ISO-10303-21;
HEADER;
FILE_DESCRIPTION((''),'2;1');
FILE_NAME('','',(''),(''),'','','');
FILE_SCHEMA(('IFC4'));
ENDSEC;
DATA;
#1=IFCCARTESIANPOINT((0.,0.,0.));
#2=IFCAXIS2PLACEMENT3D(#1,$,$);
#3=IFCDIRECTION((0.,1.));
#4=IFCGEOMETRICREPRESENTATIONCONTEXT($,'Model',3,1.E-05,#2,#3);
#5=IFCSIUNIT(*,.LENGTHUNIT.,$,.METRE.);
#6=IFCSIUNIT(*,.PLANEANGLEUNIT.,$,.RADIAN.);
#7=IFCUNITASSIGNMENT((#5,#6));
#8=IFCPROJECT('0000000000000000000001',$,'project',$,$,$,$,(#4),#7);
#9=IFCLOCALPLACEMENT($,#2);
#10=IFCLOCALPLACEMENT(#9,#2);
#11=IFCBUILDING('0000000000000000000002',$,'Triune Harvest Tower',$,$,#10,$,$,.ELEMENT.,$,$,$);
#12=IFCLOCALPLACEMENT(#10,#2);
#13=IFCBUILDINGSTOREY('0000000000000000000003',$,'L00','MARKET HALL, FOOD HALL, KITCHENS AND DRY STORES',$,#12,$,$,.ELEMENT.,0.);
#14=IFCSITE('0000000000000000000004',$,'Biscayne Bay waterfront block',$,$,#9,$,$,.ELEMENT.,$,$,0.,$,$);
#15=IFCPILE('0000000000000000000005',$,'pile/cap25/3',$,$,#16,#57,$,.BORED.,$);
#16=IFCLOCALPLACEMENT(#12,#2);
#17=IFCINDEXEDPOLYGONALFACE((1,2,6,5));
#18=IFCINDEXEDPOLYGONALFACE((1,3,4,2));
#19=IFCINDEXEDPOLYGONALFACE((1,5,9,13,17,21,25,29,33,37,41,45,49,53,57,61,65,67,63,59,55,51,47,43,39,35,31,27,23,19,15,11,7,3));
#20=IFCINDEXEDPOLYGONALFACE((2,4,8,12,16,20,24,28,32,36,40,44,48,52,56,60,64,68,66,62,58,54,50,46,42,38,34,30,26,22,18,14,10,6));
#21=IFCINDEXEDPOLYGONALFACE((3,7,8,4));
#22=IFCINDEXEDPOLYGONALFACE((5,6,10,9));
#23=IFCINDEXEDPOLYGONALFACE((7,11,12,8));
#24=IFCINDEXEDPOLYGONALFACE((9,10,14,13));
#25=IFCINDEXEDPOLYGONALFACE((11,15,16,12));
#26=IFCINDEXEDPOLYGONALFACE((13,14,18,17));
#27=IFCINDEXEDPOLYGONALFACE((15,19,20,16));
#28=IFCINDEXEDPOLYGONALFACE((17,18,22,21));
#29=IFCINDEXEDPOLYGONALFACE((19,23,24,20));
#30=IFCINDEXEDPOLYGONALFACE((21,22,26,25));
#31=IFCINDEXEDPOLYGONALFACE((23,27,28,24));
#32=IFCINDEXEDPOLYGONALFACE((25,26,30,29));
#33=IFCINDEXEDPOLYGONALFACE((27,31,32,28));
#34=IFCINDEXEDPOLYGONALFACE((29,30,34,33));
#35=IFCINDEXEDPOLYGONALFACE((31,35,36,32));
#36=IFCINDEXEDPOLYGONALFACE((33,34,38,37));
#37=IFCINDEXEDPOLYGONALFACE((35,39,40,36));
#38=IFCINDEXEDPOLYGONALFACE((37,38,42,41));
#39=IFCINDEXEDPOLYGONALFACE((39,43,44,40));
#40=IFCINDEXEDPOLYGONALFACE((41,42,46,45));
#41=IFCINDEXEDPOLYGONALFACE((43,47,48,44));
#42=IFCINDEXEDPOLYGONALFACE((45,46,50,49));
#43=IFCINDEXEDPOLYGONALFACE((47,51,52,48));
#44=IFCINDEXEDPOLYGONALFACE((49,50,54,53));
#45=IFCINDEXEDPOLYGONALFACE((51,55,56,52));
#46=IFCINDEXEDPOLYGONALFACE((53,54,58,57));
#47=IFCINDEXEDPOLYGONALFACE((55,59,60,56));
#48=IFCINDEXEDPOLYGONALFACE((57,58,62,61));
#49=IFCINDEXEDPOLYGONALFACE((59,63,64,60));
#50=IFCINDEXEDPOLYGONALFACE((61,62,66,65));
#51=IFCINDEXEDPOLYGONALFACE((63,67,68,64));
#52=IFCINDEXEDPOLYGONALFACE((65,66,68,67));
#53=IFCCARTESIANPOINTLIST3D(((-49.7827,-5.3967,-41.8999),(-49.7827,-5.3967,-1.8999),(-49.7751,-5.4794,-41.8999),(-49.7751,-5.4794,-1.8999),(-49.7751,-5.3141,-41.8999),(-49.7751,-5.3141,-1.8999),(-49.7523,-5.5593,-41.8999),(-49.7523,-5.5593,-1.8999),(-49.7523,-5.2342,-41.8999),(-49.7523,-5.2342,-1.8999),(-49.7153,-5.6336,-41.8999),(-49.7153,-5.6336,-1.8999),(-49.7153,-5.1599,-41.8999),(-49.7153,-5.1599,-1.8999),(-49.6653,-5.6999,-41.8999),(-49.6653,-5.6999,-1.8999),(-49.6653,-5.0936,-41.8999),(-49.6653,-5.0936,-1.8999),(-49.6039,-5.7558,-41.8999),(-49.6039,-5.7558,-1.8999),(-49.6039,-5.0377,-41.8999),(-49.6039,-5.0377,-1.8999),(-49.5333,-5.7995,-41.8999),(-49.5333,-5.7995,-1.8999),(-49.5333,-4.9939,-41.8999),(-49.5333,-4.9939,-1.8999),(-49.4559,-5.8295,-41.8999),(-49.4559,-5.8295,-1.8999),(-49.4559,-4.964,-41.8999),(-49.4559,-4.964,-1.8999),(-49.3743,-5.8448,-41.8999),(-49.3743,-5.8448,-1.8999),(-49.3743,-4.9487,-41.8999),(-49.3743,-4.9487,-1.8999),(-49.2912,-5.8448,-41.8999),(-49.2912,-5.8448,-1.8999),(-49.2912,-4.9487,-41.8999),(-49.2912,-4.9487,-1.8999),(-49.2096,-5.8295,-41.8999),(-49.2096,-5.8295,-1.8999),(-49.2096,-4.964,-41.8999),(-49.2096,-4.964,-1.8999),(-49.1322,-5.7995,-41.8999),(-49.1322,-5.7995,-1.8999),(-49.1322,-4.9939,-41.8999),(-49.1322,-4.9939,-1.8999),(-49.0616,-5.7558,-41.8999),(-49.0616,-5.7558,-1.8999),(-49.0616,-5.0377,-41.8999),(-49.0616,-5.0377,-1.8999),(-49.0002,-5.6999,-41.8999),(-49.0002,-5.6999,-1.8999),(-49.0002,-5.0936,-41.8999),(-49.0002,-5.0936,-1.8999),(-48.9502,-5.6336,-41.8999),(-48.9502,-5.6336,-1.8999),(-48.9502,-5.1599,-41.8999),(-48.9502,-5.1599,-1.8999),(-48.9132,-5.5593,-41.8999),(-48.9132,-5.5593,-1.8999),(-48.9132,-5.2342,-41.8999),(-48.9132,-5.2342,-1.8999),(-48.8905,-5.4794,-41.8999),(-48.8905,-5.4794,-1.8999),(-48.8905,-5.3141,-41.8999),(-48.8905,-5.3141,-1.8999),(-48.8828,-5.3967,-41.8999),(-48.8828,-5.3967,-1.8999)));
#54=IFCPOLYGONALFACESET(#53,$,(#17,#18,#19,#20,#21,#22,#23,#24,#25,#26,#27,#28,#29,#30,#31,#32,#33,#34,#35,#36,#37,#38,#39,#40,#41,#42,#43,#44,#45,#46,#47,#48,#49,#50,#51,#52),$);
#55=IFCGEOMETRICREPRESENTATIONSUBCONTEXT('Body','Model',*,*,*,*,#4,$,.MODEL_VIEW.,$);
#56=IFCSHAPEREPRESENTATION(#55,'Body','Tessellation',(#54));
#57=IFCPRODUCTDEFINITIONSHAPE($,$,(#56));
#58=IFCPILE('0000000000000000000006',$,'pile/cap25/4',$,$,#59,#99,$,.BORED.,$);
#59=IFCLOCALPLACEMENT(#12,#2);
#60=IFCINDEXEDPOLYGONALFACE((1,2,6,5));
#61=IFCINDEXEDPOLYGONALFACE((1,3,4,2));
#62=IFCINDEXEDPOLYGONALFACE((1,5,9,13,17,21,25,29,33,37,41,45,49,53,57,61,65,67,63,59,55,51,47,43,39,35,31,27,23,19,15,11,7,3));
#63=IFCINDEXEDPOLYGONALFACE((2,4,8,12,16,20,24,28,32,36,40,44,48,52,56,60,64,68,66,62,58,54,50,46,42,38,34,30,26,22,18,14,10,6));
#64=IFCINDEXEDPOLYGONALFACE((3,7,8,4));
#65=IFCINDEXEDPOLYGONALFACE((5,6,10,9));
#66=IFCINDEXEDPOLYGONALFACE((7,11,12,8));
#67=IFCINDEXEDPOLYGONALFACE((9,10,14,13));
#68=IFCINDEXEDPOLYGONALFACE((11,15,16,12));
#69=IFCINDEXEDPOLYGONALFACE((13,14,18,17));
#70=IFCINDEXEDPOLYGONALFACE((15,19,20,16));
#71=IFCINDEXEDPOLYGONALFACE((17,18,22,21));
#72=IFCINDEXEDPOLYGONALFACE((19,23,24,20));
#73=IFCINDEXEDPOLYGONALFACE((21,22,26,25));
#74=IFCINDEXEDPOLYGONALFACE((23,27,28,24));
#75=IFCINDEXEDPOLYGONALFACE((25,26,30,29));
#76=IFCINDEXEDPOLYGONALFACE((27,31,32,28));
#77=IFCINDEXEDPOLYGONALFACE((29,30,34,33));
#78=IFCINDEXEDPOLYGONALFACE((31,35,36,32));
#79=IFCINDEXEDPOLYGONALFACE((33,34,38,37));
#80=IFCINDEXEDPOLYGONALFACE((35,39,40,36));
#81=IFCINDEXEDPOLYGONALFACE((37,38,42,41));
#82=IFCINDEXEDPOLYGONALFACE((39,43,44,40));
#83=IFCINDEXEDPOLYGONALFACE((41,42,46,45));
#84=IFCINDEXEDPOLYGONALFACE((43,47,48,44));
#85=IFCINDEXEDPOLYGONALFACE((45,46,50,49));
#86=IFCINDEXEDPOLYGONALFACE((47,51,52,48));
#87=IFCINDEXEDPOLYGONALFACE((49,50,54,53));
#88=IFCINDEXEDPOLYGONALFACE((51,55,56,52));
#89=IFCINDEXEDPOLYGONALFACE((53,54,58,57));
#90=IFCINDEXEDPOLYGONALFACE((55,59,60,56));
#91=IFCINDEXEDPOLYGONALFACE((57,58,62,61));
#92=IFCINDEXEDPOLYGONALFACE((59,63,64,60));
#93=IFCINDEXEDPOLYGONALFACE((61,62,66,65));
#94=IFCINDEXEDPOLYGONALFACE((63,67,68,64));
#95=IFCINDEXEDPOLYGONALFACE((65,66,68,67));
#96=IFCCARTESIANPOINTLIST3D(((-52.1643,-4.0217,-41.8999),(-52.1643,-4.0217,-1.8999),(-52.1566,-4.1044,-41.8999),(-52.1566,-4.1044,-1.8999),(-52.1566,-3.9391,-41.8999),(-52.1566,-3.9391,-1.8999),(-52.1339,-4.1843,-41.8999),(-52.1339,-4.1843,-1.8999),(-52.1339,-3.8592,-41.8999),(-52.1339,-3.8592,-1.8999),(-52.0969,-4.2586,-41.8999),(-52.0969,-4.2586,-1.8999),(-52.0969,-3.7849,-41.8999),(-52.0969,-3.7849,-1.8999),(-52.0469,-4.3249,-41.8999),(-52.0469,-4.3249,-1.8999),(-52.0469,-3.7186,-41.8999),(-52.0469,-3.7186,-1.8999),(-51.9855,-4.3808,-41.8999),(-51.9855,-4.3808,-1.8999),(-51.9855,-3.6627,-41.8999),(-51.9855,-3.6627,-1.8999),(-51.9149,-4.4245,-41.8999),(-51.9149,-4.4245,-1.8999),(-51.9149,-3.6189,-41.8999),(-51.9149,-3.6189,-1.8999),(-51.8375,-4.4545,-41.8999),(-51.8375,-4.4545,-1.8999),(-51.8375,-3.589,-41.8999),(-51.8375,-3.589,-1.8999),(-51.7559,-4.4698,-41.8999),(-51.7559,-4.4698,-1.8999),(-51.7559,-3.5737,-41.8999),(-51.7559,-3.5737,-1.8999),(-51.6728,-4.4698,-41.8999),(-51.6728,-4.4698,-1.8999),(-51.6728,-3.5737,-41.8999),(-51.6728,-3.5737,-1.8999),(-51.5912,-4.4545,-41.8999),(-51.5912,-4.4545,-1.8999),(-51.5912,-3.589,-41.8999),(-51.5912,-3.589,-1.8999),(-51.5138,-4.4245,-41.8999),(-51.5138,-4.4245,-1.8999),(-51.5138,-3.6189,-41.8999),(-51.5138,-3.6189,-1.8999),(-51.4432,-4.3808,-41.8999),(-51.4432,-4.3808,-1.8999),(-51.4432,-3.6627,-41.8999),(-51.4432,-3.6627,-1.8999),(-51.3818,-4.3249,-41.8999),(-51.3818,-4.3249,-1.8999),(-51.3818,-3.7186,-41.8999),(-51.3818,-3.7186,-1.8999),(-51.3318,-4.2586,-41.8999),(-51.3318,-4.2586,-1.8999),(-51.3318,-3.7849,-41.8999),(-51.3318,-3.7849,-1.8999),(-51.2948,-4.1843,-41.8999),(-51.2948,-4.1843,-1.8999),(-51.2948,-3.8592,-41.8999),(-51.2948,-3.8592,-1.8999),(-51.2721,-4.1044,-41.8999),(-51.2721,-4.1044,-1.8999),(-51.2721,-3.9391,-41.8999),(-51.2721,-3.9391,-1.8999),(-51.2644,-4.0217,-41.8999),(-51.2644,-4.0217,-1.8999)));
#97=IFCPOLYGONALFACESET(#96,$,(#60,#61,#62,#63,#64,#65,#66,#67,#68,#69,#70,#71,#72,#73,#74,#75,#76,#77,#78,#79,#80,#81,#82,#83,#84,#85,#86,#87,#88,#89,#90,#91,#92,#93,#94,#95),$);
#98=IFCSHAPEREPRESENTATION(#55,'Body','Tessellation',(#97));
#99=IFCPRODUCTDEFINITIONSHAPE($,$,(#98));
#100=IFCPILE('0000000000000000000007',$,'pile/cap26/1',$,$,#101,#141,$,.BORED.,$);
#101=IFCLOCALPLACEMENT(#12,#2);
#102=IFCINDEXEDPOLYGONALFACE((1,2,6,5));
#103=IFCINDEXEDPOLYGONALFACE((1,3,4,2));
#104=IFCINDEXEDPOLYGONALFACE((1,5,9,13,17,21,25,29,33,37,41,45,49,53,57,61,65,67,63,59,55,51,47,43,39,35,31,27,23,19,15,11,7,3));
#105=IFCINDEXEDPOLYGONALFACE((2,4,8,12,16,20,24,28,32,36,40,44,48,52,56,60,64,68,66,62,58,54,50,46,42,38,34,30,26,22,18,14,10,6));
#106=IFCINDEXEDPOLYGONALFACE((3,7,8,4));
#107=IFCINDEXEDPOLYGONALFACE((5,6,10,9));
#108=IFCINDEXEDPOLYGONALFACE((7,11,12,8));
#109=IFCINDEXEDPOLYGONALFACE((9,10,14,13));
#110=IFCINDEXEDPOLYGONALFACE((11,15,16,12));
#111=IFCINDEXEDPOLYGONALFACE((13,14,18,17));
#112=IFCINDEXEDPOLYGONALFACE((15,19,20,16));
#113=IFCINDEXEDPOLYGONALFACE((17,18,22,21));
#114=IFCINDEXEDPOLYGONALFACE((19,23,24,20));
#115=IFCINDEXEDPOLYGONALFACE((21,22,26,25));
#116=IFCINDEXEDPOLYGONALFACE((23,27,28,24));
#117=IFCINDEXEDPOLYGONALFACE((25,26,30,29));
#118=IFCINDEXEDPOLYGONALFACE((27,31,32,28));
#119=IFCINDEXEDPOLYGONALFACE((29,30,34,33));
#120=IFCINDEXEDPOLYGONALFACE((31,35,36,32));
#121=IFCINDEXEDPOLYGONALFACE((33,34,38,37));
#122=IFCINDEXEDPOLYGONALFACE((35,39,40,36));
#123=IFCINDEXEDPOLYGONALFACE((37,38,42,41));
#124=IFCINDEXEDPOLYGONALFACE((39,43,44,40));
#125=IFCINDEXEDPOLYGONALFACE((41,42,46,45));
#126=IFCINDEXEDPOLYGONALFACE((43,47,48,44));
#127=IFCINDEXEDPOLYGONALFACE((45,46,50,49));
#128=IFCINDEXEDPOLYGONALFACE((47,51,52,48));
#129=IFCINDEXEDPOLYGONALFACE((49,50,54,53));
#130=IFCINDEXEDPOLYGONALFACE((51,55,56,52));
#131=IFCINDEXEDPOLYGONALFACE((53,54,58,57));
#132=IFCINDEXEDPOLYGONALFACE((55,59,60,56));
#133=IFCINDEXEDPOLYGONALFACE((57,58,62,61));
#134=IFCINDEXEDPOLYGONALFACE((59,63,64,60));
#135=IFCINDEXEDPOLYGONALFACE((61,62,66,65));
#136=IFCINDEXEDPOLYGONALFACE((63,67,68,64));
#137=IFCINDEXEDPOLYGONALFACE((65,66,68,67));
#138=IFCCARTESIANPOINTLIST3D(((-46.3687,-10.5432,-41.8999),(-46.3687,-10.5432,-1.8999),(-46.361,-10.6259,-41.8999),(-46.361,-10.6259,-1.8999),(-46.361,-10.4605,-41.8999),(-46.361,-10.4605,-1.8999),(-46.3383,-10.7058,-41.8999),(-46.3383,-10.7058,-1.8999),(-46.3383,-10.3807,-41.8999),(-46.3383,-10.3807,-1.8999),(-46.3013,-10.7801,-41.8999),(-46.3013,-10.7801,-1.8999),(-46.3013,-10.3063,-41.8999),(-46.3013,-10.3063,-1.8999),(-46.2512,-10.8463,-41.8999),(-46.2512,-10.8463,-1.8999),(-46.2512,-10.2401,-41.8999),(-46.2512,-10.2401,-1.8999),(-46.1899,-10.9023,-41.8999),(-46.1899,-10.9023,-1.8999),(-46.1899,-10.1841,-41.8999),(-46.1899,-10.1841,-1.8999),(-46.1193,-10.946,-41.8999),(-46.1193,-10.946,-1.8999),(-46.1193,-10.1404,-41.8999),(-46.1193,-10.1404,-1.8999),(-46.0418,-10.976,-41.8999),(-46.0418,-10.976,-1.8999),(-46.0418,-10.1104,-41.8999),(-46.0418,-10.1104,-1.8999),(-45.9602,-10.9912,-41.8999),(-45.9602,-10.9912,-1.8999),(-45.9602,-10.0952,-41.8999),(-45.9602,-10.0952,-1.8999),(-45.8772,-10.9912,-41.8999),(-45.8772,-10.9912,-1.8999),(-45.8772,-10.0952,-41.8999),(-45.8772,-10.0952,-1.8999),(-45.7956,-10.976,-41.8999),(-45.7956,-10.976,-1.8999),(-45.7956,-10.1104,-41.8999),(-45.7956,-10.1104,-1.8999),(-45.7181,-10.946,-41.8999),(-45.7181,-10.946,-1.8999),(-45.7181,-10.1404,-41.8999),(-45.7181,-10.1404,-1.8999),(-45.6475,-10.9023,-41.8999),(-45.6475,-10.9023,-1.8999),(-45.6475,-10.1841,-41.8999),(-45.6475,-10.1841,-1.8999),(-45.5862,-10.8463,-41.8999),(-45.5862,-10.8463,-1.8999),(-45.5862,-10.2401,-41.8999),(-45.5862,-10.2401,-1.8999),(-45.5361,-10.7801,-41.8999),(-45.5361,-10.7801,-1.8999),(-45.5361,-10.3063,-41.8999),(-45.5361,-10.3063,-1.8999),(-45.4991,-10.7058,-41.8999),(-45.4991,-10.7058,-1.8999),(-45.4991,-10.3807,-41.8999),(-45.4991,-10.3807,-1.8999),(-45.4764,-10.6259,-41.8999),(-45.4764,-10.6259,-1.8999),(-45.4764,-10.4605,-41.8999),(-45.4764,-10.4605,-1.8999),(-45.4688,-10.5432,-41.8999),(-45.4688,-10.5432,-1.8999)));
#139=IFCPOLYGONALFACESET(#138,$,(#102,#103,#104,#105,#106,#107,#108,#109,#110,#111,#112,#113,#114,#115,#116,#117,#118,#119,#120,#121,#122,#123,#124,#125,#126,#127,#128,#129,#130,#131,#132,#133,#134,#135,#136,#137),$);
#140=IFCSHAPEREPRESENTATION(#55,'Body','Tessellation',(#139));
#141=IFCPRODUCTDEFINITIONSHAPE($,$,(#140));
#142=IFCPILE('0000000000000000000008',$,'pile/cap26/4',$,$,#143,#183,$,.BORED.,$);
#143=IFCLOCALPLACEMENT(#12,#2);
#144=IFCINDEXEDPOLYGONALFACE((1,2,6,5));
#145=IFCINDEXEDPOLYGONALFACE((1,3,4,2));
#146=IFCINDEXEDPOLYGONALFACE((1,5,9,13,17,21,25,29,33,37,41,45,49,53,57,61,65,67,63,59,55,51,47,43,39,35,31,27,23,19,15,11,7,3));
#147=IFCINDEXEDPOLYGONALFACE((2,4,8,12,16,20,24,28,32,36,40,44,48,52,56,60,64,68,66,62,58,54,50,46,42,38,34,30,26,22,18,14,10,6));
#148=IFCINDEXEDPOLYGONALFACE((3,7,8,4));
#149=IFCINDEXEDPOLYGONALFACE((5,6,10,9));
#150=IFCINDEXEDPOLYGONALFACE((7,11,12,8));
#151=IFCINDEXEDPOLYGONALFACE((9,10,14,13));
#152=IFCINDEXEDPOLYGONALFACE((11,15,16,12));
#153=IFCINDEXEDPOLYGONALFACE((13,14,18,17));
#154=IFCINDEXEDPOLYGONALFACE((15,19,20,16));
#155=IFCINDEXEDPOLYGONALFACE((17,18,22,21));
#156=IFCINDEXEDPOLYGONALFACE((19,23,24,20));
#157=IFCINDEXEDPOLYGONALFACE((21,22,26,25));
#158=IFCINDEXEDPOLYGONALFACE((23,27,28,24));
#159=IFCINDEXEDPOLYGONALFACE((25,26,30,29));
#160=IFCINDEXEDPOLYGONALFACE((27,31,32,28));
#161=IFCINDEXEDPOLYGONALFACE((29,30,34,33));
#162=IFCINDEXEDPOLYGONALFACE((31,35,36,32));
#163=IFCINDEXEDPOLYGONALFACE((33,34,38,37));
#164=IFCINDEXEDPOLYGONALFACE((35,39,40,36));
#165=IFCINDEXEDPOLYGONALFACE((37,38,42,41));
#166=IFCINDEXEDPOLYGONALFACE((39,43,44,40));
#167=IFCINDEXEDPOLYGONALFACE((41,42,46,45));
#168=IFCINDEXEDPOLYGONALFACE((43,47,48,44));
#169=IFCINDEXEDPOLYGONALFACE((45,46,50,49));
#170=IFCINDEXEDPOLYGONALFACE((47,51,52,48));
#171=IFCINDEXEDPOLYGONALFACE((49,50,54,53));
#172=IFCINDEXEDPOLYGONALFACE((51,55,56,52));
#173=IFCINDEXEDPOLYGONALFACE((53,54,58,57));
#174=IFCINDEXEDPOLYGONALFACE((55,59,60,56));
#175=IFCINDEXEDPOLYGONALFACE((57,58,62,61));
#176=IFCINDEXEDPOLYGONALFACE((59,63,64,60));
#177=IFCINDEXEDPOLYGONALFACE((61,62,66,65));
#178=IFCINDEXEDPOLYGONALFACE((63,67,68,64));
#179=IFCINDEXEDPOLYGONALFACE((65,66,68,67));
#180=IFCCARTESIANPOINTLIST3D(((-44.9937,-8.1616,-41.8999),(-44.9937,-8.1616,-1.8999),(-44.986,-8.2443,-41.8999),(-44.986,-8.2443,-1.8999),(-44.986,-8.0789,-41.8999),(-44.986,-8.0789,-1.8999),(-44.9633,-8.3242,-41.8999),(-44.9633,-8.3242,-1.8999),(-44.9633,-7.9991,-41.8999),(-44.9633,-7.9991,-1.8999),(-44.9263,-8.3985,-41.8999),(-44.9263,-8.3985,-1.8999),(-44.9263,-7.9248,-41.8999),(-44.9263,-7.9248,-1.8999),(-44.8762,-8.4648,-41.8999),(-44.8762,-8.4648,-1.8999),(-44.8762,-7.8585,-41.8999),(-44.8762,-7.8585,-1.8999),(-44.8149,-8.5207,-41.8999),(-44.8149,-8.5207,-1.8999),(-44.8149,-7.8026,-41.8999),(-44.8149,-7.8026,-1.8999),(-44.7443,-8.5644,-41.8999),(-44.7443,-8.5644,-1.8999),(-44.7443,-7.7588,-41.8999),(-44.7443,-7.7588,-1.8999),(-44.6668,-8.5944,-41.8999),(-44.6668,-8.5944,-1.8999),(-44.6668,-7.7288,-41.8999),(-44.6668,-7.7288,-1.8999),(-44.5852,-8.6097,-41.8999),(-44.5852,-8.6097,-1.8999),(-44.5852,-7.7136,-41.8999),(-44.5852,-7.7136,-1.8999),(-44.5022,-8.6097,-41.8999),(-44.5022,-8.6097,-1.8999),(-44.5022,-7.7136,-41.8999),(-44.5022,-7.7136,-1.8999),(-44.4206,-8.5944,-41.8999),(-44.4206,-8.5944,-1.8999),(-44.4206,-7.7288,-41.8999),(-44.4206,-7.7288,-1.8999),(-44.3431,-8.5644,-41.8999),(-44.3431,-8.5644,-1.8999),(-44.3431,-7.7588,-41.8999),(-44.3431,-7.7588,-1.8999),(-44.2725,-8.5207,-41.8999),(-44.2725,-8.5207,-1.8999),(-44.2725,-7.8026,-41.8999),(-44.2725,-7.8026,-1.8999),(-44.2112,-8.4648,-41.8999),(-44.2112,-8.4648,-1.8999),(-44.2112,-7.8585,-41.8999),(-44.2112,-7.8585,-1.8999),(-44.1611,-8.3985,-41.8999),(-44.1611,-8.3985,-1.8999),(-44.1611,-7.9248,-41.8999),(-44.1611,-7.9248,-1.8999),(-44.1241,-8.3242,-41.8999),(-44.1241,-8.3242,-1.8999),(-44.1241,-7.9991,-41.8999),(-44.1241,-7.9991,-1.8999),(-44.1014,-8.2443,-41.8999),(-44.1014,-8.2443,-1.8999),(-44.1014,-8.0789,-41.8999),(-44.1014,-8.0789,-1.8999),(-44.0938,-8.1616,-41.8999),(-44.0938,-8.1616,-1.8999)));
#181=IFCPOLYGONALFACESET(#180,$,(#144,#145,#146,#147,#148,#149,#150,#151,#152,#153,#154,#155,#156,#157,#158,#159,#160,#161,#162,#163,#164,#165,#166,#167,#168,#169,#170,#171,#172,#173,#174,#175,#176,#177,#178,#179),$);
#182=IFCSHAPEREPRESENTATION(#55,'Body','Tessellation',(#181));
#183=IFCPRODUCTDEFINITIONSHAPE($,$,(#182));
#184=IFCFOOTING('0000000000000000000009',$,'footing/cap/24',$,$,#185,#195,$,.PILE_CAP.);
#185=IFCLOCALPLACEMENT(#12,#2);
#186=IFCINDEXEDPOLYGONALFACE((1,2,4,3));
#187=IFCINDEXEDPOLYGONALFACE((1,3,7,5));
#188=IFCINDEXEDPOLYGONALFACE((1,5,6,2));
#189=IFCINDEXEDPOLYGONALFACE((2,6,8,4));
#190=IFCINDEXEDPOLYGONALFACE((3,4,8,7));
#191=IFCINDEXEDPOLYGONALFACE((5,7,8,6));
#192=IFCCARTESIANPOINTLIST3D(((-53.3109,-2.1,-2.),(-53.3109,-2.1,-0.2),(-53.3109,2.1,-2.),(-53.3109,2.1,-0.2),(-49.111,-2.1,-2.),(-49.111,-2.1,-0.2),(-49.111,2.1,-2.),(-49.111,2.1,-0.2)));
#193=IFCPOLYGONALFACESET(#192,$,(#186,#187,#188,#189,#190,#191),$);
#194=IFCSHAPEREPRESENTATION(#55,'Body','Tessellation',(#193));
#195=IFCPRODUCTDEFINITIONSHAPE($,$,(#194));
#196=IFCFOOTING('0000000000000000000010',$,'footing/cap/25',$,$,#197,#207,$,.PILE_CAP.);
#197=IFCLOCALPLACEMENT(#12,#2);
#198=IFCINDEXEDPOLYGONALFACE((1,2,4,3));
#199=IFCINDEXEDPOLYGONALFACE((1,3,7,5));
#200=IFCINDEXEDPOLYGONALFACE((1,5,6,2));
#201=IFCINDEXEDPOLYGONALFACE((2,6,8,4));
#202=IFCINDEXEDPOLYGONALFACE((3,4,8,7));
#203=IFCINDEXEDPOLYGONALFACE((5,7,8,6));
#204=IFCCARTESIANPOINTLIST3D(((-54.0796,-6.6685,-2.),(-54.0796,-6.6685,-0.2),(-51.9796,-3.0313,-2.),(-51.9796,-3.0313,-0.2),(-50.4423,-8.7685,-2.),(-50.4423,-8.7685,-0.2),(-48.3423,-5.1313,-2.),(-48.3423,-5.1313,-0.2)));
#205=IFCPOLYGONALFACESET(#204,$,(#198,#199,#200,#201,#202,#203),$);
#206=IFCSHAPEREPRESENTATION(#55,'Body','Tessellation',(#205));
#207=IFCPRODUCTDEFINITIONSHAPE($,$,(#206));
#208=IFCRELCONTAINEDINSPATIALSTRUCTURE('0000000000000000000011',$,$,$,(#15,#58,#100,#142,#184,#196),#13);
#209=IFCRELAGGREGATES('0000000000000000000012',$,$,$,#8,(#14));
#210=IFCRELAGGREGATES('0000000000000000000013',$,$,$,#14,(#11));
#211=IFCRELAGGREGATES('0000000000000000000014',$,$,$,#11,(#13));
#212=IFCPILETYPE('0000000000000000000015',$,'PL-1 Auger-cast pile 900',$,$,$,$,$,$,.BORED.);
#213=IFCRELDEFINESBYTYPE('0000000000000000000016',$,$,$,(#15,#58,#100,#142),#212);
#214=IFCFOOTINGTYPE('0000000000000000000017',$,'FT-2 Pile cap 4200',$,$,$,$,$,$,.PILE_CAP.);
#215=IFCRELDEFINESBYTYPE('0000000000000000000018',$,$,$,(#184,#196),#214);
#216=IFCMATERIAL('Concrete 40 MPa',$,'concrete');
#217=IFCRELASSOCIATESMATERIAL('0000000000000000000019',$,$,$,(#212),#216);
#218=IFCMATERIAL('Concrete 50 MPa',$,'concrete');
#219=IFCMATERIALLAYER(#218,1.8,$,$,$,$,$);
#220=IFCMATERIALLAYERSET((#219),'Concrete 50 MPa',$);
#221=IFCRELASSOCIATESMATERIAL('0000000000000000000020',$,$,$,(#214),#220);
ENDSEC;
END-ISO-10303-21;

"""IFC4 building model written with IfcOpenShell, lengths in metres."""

from ifc_helpers import new_model, si_unit, direction, frame, origin, origin_2d, place, context, subcontext, project, spatial, rectangle, circle, extrude, source, transform, mapped, material, layer, layer_set, material_profile, profile_set, type_object, element, save


model = new_model("IFC4")

# Units and contexts
model_context = context("Model", 3, precision=1e-05, world=origin(), true_north=direction((0.0, 1.0)))
body_context = subcontext(model_context, "Body", "Model", "MODEL_VIEW")
ifc_project = project(units=[si_unit("LENGTHUNIT", "METRE"), si_unit("PLANEANGLEUNIT", "RADIAN")], contexts=[model_context])

# Site, building, storey
site_placement = place(None, origin())
site = spatial("IfcSite", under=ifc_project, at=site_placement, Name="Biscayne Bay waterfront block", CompositionType="ELEMENT", RefElevation=0.0)
building_placement = place(site_placement, origin())
building = spatial("IfcBuilding", under=site, at=building_placement, Name="Triune Harvest Tower", CompositionType="ELEMENT")
storey_placement = place(building_placement, origin())
storey = spatial("IfcBuildingStorey", under=building, at=storey_placement, Name="L00", Description="MARKET HALL, FOOD HALL, KITCHENS AND DRY STORES", CompositionType="ELEMENT", Elevation=0.0)

# Piles
ifc_material_1 = material(Name="Concrete 40 MPa", Category="concrete")
ifc_material_profile_1 = material_profile(ifc_material_1, circle(Radius=0.45, at=origin_2d()), Name="Bored 900")
ifc_profile_set_1 = profile_set([ifc_material_profile_1], Name="Concrete 40 MPa")
pile_type = type_object("IfcPileType", Name="PL-1 Auger-cast pile 900", PredefinedType="BORED", material=ifc_profile_set_1)
shared_shape_1 = source(origin(), body_context, "Body", "SweptSolid", [
    extrude(circle(Radius=0.45, at=origin_2d()), origin(), (0.0, 0.0, 1.0), 40.0),
])
for number, where, z_axis, x_axis, name in (
    (1, (-49.3328, -5.3967, -1.8999), (0.0, 0.0, -1.0), (1.0, 0.0, 0.0), "pile/cap25/3"),
    (2, (-51.7144, -4.0217, -1.8999), (0.0, 0.0, -1.0), (1.0, 0.0, 0.0), "pile/cap25/4"),
    (3, (-45.9187, -10.5432, -1.8999), (0.0, 0.0, -1.0), (1.0, 0.0, 0.0), "pile/cap26/1"),
    (4, (-44.5437, -8.1616, -1.8999), (0.0, 0.0, -1.0), (1.0, 0.0, 0.0), "pile/cap26/4"),
):
    element("IfcPile", number, at=place(storey_placement, frame(where, z_axis=z_axis, x_axis=x_axis)), inside=storey, type_object=pile_type, Name=name, PredefinedType="BORED", context=body_context, shape_type="MappedRepresentation", body=[
        mapped(shared_shape_1, transform((0.0, 0.0, 0.0), scale=1.0)),
    ])

# Footings
ifc_material_2 = material(Name="Concrete 50 MPa", Category="concrete")
ifc_layer_1 = layer(ifc_material_2, 1.8)
ifc_layer_set_1 = layer_set([ifc_layer_1], Name="Concrete 50 MPa")
footing_type_1 = type_object("IfcFootingType", Name="FT-2 Pile cap 4200", PredefinedType="PILE_CAP", material=ifc_layer_set_1)
shared_shape_2 = source(origin(), body_context, "Body", "SweptSolid", [
    extrude(rectangle(XDim=4.2, YDim=4.2, at=origin_2d()), origin(), (0.0, 0.0, 1.0), 1.8),
])
for number, where, z_axis, x_axis, name in (
    (5, (-51.2109, 0.0, -2.0), (0.0, 0.0, 1.0), (0.0, -1.0, 0.0), "footing/cap/24"),
    (6, (-51.2109, -5.8999, -2.0), (0.0, 0.0, 1.0), (0.866025, -0.5, 0.0), "footing/cap/25"),
):
    element("IfcFooting", number, at=place(storey_placement, frame(where, z_axis=z_axis, x_axis=x_axis)), inside=storey, type_object=footing_type_1, Name=name, PredefinedType="PILE_CAP", context=body_context, shape_type="MappedRepresentation", body=[
        mapped(shared_shape_2, transform((0.0, 0.0, 0.0), scale=1.0)),
    ])

save(model, "model.ifc")
